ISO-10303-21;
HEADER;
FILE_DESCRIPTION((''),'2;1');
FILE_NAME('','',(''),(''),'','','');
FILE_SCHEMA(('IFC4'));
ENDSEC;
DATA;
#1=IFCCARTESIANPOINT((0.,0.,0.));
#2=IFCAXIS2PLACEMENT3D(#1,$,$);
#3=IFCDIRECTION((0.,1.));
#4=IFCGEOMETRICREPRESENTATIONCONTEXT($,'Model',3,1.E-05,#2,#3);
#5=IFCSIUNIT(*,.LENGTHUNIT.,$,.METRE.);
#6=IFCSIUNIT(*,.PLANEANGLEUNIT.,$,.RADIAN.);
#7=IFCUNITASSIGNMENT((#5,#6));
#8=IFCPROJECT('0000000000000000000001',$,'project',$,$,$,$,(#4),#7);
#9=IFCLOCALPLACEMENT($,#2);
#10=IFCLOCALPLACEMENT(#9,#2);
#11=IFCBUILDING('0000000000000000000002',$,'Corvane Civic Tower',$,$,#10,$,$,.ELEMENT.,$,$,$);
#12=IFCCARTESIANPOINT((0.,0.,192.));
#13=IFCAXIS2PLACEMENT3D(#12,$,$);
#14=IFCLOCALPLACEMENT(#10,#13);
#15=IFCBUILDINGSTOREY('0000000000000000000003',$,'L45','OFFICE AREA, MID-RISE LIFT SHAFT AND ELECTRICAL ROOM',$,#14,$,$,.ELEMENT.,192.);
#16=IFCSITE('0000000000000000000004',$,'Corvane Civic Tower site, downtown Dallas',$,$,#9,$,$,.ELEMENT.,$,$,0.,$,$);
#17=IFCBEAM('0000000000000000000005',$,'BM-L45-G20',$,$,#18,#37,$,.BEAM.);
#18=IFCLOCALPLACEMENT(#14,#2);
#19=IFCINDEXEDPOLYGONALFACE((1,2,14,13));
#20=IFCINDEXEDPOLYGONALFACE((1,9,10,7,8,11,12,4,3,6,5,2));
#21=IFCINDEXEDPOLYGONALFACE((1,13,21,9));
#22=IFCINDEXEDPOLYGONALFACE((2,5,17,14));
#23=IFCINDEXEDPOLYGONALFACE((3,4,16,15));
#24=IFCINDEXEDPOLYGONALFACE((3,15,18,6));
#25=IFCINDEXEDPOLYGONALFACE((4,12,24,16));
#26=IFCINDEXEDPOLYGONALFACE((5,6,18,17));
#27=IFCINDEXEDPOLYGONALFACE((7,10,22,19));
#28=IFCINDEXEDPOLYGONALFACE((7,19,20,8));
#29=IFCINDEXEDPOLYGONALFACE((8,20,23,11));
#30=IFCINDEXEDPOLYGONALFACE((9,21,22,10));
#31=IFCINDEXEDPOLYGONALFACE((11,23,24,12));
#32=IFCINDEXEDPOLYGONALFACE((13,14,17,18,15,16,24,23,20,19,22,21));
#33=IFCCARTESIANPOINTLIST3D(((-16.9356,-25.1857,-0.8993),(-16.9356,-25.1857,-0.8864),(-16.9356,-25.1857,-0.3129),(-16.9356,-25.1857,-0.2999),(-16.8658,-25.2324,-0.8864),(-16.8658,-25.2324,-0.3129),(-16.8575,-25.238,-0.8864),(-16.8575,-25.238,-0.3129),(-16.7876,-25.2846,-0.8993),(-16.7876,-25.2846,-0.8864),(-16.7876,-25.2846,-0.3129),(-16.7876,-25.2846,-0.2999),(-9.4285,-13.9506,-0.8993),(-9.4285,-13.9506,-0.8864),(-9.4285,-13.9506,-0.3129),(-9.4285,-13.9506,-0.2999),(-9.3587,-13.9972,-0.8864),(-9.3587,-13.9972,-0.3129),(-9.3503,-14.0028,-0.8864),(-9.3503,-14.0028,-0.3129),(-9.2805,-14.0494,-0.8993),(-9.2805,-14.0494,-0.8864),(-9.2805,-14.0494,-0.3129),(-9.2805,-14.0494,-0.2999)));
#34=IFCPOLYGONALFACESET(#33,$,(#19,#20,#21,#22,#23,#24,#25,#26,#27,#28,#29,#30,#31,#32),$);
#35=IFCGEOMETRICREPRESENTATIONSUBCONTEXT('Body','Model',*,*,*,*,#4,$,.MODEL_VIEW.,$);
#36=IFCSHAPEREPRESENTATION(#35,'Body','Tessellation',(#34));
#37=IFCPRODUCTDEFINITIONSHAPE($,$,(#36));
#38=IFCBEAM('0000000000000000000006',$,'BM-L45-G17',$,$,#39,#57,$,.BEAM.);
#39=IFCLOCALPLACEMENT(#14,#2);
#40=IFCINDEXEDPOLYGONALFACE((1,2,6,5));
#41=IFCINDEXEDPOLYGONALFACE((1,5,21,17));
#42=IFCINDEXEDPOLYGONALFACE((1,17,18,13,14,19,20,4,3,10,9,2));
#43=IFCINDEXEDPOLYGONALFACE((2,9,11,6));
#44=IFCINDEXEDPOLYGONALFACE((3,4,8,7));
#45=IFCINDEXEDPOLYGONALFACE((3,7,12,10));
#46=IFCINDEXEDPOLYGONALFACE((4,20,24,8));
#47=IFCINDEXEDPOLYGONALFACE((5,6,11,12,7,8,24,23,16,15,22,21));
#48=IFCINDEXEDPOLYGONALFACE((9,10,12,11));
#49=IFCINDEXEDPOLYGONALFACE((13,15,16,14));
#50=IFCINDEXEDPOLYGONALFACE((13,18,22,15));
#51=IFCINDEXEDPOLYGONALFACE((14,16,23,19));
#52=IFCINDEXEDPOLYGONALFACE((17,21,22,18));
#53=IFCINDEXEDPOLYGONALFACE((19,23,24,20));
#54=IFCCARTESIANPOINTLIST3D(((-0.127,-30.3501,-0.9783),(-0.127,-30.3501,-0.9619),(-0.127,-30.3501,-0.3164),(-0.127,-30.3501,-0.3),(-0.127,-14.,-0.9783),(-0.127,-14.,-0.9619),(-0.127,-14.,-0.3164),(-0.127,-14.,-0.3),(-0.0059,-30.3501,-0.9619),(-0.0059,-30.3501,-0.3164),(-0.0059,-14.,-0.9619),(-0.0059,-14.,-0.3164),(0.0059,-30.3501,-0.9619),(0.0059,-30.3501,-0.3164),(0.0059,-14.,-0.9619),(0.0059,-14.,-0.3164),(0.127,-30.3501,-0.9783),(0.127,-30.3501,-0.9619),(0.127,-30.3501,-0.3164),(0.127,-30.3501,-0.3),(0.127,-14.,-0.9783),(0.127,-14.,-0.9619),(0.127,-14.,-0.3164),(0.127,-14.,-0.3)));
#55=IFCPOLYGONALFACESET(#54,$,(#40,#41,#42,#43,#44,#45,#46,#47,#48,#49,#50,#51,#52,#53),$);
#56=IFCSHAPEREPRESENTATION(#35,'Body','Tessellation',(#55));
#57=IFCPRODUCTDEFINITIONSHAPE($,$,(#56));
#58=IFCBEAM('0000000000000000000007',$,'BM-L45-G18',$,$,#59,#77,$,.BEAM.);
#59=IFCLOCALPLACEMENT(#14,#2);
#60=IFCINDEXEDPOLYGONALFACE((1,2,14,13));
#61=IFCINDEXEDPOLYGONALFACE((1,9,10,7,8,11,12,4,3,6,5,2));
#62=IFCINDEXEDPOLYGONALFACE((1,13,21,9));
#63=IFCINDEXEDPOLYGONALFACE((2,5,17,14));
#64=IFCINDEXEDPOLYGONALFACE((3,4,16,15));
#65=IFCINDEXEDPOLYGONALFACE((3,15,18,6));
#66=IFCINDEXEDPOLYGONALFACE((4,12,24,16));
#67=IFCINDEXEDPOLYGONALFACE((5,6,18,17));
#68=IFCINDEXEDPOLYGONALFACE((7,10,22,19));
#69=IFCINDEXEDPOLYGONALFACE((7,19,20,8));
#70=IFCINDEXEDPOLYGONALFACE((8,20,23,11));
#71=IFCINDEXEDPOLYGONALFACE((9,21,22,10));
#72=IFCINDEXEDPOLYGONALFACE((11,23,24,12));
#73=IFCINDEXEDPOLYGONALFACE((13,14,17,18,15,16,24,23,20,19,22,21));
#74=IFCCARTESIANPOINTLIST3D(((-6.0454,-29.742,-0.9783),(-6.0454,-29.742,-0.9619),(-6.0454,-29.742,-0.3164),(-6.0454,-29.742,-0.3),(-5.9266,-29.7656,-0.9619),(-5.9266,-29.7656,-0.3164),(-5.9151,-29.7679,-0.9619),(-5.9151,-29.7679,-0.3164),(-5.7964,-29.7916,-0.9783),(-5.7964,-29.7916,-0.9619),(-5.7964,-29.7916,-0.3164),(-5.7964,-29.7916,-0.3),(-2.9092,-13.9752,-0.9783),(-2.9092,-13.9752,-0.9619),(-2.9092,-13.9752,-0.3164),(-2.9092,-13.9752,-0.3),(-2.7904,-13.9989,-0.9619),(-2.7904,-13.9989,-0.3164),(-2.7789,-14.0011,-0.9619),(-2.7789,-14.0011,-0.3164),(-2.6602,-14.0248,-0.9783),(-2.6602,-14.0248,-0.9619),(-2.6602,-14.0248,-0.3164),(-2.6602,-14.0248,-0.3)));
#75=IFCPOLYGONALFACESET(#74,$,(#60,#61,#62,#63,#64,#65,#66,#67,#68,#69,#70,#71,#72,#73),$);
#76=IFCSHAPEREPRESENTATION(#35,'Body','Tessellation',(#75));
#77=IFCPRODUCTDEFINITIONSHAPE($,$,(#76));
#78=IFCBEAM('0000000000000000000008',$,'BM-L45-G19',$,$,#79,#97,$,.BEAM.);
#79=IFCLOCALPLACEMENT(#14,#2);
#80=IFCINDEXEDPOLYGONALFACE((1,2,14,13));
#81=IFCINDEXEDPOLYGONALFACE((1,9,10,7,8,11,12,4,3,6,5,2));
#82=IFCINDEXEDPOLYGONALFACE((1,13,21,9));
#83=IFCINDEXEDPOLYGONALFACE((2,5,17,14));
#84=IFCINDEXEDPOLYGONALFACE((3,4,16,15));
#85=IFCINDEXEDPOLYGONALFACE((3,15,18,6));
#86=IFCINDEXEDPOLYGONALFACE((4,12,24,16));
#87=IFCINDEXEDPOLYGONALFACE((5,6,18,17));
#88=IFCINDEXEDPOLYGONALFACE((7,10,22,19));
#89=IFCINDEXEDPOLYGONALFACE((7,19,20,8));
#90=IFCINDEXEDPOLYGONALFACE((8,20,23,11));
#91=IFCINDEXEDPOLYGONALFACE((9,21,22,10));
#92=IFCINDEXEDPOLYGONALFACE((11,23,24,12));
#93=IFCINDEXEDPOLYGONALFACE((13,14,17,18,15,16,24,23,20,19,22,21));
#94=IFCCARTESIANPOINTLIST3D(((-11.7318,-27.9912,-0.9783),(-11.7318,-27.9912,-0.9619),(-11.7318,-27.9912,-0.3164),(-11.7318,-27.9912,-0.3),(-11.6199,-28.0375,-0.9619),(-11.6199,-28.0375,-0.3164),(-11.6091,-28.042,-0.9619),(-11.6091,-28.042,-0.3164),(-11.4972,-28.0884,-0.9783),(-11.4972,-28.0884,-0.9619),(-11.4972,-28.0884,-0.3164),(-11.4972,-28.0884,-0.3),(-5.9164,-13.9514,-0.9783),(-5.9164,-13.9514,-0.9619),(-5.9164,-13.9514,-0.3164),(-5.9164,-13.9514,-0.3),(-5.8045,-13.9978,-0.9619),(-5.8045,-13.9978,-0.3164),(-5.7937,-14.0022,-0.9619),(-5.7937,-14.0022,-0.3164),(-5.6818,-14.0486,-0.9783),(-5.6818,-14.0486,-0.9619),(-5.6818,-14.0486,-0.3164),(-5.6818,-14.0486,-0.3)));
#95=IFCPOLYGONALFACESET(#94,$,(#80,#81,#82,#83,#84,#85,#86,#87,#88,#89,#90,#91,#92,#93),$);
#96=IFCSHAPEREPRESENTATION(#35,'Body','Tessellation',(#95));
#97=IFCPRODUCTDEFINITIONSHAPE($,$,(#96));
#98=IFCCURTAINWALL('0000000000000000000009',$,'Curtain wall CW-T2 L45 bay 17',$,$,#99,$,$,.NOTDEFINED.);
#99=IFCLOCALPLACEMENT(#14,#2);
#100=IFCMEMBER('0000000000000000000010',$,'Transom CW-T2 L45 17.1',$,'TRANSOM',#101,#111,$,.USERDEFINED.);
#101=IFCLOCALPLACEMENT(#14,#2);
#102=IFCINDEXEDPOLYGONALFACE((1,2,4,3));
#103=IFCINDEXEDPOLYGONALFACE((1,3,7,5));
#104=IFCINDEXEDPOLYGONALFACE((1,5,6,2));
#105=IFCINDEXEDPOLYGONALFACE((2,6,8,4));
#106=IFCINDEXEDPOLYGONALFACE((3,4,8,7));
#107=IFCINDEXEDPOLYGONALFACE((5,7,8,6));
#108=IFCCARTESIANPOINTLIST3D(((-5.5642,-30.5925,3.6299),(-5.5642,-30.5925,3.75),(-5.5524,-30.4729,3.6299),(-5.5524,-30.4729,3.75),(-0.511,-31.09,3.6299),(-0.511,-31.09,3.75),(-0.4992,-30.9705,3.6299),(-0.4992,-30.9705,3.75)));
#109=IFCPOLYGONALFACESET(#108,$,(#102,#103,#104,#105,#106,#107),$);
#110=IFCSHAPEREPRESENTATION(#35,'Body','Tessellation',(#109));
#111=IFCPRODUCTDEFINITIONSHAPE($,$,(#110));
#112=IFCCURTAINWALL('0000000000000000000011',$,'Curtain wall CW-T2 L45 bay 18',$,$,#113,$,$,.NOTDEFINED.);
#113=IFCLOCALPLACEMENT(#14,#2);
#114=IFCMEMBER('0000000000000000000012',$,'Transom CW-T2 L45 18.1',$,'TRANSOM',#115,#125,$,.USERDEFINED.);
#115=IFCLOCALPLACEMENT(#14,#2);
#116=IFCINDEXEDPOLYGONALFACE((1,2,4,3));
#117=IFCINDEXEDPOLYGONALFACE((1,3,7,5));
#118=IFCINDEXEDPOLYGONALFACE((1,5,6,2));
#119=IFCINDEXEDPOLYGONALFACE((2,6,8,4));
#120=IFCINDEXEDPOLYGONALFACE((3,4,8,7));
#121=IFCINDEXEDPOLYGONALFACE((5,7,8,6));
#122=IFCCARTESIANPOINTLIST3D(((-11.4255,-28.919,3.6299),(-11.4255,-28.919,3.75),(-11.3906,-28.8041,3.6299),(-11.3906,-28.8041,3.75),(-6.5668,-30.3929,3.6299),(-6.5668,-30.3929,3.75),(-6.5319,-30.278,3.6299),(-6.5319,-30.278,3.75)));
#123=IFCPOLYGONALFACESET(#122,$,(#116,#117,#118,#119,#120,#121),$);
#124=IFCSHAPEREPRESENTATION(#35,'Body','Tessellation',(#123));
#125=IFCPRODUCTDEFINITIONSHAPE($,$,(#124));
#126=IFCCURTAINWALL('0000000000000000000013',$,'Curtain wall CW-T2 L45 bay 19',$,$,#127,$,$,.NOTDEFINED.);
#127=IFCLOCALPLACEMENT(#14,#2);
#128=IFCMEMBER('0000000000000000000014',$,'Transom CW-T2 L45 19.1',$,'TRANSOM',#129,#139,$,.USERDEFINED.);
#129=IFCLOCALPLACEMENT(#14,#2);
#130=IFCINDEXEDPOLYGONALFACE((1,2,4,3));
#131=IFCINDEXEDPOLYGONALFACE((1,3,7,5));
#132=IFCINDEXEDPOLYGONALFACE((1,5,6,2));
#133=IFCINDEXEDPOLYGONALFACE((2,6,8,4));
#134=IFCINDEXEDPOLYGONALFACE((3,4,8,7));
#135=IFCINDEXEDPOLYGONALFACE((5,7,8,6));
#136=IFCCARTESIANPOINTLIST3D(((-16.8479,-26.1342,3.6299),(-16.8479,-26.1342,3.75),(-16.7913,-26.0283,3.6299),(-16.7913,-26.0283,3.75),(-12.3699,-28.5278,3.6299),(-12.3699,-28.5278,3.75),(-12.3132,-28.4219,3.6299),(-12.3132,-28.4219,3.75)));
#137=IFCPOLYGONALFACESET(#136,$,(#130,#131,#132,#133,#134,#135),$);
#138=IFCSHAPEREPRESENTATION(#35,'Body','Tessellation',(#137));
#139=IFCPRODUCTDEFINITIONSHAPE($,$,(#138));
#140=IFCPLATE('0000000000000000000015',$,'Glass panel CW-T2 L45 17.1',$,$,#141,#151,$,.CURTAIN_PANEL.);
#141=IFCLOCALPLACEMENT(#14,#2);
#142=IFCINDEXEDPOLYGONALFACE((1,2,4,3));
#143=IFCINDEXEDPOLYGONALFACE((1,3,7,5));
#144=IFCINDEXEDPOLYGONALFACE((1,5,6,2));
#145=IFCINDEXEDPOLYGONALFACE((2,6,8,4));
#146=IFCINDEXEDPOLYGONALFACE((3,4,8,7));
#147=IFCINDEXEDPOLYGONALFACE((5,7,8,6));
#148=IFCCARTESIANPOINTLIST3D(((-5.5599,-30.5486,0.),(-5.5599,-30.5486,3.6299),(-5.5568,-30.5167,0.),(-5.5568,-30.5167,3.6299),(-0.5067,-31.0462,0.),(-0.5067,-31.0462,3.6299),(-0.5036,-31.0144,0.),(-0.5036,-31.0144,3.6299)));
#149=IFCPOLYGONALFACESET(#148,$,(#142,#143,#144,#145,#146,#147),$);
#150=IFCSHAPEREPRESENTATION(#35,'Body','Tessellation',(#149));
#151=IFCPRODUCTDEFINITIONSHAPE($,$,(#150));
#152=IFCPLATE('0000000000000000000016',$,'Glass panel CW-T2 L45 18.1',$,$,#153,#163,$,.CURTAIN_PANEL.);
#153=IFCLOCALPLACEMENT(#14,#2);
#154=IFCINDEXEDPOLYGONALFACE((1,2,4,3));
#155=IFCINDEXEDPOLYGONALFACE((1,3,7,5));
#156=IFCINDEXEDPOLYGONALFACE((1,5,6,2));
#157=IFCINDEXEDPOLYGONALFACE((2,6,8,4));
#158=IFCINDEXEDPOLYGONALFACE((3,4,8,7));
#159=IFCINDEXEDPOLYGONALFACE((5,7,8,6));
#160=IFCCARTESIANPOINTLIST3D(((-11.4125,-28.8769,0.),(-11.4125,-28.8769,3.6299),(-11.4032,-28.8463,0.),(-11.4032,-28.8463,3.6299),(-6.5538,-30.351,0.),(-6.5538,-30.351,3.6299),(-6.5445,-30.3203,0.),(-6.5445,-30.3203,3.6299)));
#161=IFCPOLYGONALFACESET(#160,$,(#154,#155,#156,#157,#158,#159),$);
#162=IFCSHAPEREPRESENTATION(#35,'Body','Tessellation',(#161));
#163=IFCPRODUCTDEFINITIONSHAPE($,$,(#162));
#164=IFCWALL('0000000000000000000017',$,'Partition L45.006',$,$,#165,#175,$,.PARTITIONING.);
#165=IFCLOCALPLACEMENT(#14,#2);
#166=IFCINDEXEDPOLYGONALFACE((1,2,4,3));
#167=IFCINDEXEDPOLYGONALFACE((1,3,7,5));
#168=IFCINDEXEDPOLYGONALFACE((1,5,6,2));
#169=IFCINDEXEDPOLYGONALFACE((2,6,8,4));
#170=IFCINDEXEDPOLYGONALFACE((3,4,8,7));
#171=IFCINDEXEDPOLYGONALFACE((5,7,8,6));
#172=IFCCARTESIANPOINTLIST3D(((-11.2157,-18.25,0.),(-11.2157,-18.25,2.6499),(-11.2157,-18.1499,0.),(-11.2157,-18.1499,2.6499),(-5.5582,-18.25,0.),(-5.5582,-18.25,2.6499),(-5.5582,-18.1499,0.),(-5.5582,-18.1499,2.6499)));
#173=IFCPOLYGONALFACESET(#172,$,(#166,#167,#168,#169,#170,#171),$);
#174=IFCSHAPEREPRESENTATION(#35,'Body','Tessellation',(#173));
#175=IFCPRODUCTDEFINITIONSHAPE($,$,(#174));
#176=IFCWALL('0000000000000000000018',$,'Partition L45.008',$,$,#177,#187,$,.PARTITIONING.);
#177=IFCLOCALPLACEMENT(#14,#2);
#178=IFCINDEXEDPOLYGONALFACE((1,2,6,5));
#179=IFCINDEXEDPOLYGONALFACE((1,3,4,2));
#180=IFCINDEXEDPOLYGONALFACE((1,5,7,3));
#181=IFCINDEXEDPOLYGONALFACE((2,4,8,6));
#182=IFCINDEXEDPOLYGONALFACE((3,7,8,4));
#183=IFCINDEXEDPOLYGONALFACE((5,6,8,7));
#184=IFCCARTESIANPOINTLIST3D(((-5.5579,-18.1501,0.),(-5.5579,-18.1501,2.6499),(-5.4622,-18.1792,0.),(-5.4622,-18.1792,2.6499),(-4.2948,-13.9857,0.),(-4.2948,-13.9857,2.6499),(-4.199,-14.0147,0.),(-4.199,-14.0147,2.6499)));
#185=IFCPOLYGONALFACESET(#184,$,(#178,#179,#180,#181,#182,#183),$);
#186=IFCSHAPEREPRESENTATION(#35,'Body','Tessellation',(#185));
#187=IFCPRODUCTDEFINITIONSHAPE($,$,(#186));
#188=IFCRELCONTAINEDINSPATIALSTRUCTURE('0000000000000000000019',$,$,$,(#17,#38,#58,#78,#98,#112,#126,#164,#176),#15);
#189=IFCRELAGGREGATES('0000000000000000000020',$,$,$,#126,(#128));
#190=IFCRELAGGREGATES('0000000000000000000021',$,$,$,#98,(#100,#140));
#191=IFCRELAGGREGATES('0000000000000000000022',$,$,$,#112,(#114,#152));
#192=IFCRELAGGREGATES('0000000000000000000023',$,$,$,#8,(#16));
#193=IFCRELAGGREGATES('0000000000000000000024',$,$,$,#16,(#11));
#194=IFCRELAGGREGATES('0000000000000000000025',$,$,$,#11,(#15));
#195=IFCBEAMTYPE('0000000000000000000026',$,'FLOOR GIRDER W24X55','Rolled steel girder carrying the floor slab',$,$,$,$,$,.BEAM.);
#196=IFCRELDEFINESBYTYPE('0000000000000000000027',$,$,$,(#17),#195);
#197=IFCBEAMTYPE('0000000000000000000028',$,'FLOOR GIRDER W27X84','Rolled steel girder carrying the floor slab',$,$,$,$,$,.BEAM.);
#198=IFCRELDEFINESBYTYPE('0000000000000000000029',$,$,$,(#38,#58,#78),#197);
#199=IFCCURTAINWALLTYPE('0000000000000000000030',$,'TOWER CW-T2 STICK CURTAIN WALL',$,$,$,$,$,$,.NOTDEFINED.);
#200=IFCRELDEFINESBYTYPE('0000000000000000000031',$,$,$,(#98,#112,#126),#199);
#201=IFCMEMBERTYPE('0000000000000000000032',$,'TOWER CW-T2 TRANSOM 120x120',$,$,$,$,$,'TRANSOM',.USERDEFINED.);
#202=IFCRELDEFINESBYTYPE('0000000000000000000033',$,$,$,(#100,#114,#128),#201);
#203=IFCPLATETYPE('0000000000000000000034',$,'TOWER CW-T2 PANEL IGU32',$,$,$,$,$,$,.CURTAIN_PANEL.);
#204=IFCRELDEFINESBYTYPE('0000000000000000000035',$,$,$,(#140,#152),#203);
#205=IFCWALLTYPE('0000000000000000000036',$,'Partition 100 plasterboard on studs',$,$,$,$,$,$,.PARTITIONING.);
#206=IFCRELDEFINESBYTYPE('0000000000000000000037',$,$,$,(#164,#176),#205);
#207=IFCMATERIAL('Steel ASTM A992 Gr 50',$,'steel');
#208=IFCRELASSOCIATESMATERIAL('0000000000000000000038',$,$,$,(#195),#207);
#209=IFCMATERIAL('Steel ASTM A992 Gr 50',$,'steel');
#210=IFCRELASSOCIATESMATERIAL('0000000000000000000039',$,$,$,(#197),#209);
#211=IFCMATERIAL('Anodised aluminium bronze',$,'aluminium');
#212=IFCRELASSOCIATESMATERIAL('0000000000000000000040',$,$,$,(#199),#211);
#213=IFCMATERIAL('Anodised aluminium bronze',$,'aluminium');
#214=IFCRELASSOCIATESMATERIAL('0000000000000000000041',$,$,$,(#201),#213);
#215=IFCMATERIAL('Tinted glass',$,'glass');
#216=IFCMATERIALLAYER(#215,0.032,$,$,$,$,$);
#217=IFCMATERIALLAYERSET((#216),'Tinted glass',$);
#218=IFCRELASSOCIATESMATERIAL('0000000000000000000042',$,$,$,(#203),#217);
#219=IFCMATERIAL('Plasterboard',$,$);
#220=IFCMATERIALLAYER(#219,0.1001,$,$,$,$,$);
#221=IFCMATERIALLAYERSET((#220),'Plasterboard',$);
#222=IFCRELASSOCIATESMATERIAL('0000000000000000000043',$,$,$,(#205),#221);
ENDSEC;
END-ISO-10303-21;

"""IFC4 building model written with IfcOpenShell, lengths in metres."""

from ifc_helpers import new_model, si_unit, direction, frame, frame_2d, origin, origin_2d, place, context, subcontext, project, spatial, rectangle, i_section, extrude, material, layer, layer_set, material_profile, profile_set, type_object, element, aggregate, save


model = new_model("IFC4")

# Units and contexts
model_context = context("Model", 3, precision=1e-05, world=origin(), true_north=direction((0.0, 1.0)))
body_context = subcontext(model_context, "Body", "Model", "MODEL_VIEW")
ifc_project = project(units=[si_unit("LENGTHUNIT", "METRE"), si_unit("PLANEANGLEUNIT", "RADIAN")], contexts=[model_context])

# Site, building, storey
site_placement = place(None, origin())
site = spatial("IfcSite", under=ifc_project, at=site_placement, Name="Corvane Civic Tower site, downtown Dallas", CompositionType="ELEMENT", RefElevation=0.0)
building_placement = place(site_placement, origin())
building = spatial("IfcBuilding", under=site, at=building_placement, Name="Corvane Civic Tower", CompositionType="ELEMENT")
storey_placement = place(building_placement, frame((0.0, 0.0, 192.0)))
storey = spatial("IfcBuildingStorey", under=building, at=storey_placement, Name="L45", Description="OFFICE AREA, MID-RISE LIFT SHAFT AND ELECTRICAL ROOM", CompositionType="ELEMENT", Elevation=192.0)

# Beams
ifc_material_1 = material(Name="Steel ASTM A992 Gr 50", Category="steel")
ifc_material_profile_1 = material_profile(ifc_material_1, i_section(OverallWidth=0.178, OverallDepth=0.5994, WebThickness=0.01, FlangeThickness=0.0129, at=origin_2d()), Name="W24X55")
ifc_profile_set_1 = profile_set([ifc_material_profile_1], Name="Steel ASTM A992 Gr 50")
beam_type_1 = type_object("IfcBeamType", Name="FLOOR GIRDER W24X55", Description="Rolled steel girder carrying the floor slab", PredefinedType="BEAM", material=ifc_profile_set_1)
beam_1_placement = place(storey_placement, frame((-9.3545, -14.0, -0.5996), z_axis=(-0.555571, -0.831469, 0.0), x_axis=(0.831469, -0.555571, 0.0)))
element("IfcBeam", 1, at=beam_1_placement, inside=storey, type_object=beam_type_1, Name="BM-L45-G20", PredefinedType="BEAM", context=body_context, shape_type="SweptSolid", body=[
    extrude(i_section(OverallWidth=0.178, OverallDepth=0.5994, WebThickness=0.01, FlangeThickness=0.0129, at=origin_2d()), origin(), (0.0, 0.0, 1.0), 13.5125),
])
ifc_material_2 = material(Name="Steel ASTM A992 Gr 50", Category="steel")
ifc_material_profile_2 = material_profile(ifc_material_2, i_section(OverallWidth=0.2539, OverallDepth=0.6782, WebThickness=0.0117, FlangeThickness=0.0164, at=origin_2d()), Name="W27X84")
ifc_profile_set_2 = profile_set([ifc_material_profile_2], Name="Steel ASTM A992 Gr 50")
beam_type_2 = type_object("IfcBeamType", Name="FLOOR GIRDER W27X84", Description="Rolled steel girder carrying the floor slab", PredefinedType="BEAM", material=ifc_profile_set_2)
beam_2_placement = place(storey_placement, frame((0.0, -14.0, -0.6392), z_axis=(0.0, -1.0, 0.0), x_axis=(1.0, 0.0, 0.0)))
element("IfcBeam", 2, at=beam_2_placement, inside=storey, type_object=beam_type_2, Name="BM-L45-G17", PredefinedType="BEAM", context=body_context, shape_type="SweptSolid", body=[
    extrude(i_section(OverallWidth=0.2539, OverallDepth=0.6782, WebThickness=0.0117, FlangeThickness=0.0164, at=origin_2d()), origin(), (0.0, 0.0, 1.0), 16.3501),
])
beam_3_placement = place(storey_placement, frame((-2.7847, -14.0, -0.6392), z_axis=(-0.195091, -0.980785, 0.0), x_axis=(0.980785, -0.195091, 0.0)))
element("IfcBeam", 3, at=beam_3_placement, inside=storey, type_object=beam_type_2, Name="BM-L45-G18", PredefinedType="BEAM", context=body_context, shape_type="SweptSolid", body=[
    extrude(i_section(OverallWidth=0.2539, OverallDepth=0.6782, WebThickness=0.0117, FlangeThickness=0.0164, at=origin_2d()), origin(), (0.0, 0.0, 1.0), 16.0757),
])
beam_4_placement = place(storey_placement, frame((-5.7991, -14.0, -0.6392), z_axis=(-0.382681, -0.923881, 0.0), x_axis=(0.923881, -0.382681, 0.0)))
element("IfcBeam", 4, at=beam_4_placement, inside=storey, type_object=beam_type_2, Name="BM-L45-G19", PredefinedType="BEAM", context=body_context, shape_type="SweptSolid", body=[
    extrude(i_section(OverallWidth=0.2539, OverallDepth=0.6782, WebThickness=0.0117, FlangeThickness=0.0164, at=origin_2d()), origin(), (0.0, 0.0, 1.0), 15.1965),
])

# Curtain walls, members
ifc_material_3 = material(Name="Anodised aluminium bronze", Category="aluminium")
curtain_wall_type = type_object("IfcCurtainWallType", Name="TOWER CW-T2 STICK CURTAIN WALL", PredefinedType="NOTDEFINED", material=ifc_material_3)
curtain_wall_1_placement = place(storey_placement, origin())
curtain_wall_1 = element("IfcCurtainWall", 5, at=curtain_wall_1_placement, inside=storey, type_object=curtain_wall_type, Name="Curtain wall CW-T2 L45 bay 17", PredefinedType="NOTDEFINED")
ifc_material_4 = material(Name="Anodised aluminium bronze", Category="aluminium")
ifc_material_profile_3 = material_profile(ifc_material_4, rectangle(XDim=0.1201, YDim=0.1201, at=origin_2d()), Name="TOWER CW-T2 TRANSOM 120x120")
ifc_profile_set_3 = profile_set([ifc_material_profile_3], Name="Anodised aluminium bronze")
member_type = type_object("IfcMemberType", Name="TOWER CW-T2 TRANSOM 120x120", ElementType="TRANSOM", PredefinedType="USERDEFINED", material=ifc_profile_set_3)
member_1_placement = place(storey_placement, frame((-0.5051, -31.0303, 3.6899), z_axis=(-0.995187, 0.09799, 0.0), x_axis=(-0.09799, -0.995187, 0.0)))
member_1 = element("IfcMember", 6, at=member_1_placement, type_object=member_type, Name="Transom CW-T2 L45 17.1", ObjectType="TRANSOM", PredefinedType="USERDEFINED", context=body_context, shape_type="SweptSolid", body=[
    extrude(rectangle(XDim=0.1201, YDim=0.1201, at=origin_2d()), origin(), (0.0, 0.0, 1.0), 5.0776),
])
curtain_wall_2_placement = place(storey_placement, origin())
curtain_wall_2 = element("IfcCurtainWall", 7, at=curtain_wall_2_placement, inside=storey, type_object=curtain_wall_type, Name="Curtain wall CW-T2 L45 bay 18", PredefinedType="NOTDEFINED")
member_2_placement = place(storey_placement, frame((-6.5493, -30.3354, 3.6899), z_axis=(-0.956939, 0.290289, 0.0), x_axis=(-0.290289, -0.956939, 0.0)))
member_2 = element("IfcMember", 8, at=member_2_placement, type_object=member_type, Name="Transom CW-T2 L45 18.1", ObjectType="TRANSOM", PredefinedType="USERDEFINED", context=body_context, shape_type="SweptSolid", body=[
    extrude(rectangle(XDim=0.1201, YDim=0.1201, at=origin_2d()), origin(), (0.0, 0.0, 1.0), 5.0774),
])
curtain_wall_3_placement = place(storey_placement, origin())
curtain_wall_3 = element("IfcCurtainWall", 9, at=curtain_wall_3_placement, inside=storey, type_object=curtain_wall_type, Name="Curtain wall CW-T2 L45 bay 19", PredefinedType="NOTDEFINED")
member_3_placement = place(storey_placement, frame((-12.3416, -28.4749, 3.6899), z_axis=(-0.881921, 0.471397, 0.0), x_axis=(-0.471397, -0.881921, 0.0)))
member_3 = element("IfcMember", 10, at=member_3_placement, type_object=member_type, Name="Transom CW-T2 L45 19.1", ObjectType="TRANSOM", PredefinedType="USERDEFINED", context=body_context, shape_type="SweptSolid", body=[
    extrude(rectangle(XDim=0.1201, YDim=0.1201, at=origin_2d()), origin(), (0.0, 0.0, 1.0), 5.0776),
])
aggregate(curtain_wall_3, [member_3])

# Plates
ifc_material_5 = material(Name="Tinted glass", Category="glass")
ifc_layer_1 = layer(ifc_material_5, 0.032)
ifc_layer_set_1 = layer_set([ifc_layer_1], Name="Tinted glass")
plate_type = type_object("IfcPlateType", Name="TOWER CW-T2 PANEL IGU32", PredefinedType="CURTAIN_PANEL", material=ifc_layer_set_1)
plate_1_placement = place(storey_placement, frame((-3.0317, -30.7815, 0.0), z_axis=(0.0, 0.0, 1.0), x_axis=(-0.995185, 0.098012, 0.0)))
plate_1 = element("IfcPlate", 11, at=plate_1_placement, type_object=plate_type, Name="Glass panel CW-T2 L45 17.1", PredefinedType="CURTAIN_PANEL", context=body_context, shape_type="SweptSolid", body=[
    extrude(rectangle(XDim=5.0776, YDim=0.032, at=origin_2d()), origin(), (0.0, 0.0, 1.0), 3.6299),
])
aggregate(curtain_wall_1, [member_1, plate_1])
plate_2_placement = place(storey_placement, frame((-8.9785, -29.5986, 0.0), z_axis=(0.0, 0.0, 1.0), x_axis=(-0.956932, 0.290313, 0.0)))
plate_2 = element("IfcPlate", 12, at=plate_2_placement, type_object=plate_type, Name="Glass panel CW-T2 L45 18.1", PredefinedType="CURTAIN_PANEL", context=body_context, shape_type="SweptSolid", body=[
    extrude(rectangle(XDim=5.0774, YDim=0.032, at=origin_2d()), origin(), (0.0, 0.0, 1.0), 3.6299),
])
aggregate(curtain_wall_2, [member_2, plate_2])

# Walls
ifc_material_6 = material(Name="Plasterboard")
ifc_layer_2 = layer(ifc_material_6, 0.1001)
ifc_layer_set_2 = layer_set([ifc_layer_2], Name="Plasterboard")
wall_type = type_object("IfcWallType", Name="Partition 100 plasterboard on studs", PredefinedType="PARTITIONING", material=ifc_layer_set_2)
wall_1_placement = place(storey_placement, frame((-11.2156, -18.2, 0.0), z_axis=(0.0, 0.0, 1.0), x_axis=(1.0, 0.0, 0.0)))
element("IfcWall", 13, at=wall_1_placement, inside=storey, type_object=wall_type, Name="Partition L45.006", PredefinedType="PARTITIONING", context=body_context, shape_type="SweptSolid", body=[
    extrude(rectangle(XDim=5.6575, YDim=0.1001, at=frame_2d((2.8286, 0.0))), origin(), (0.0, 0.0, 1.0), 2.6499),
])
wall_2_placement = place(storey_placement, frame((-5.51, -18.1646, 0.0), z_axis=(0.0, 0.0, 1.0), x_axis=(0.29026, 0.956948, 0.0)))
element("IfcWall", 14, at=wall_2_placement, inside=storey, type_object=wall_type, Name="Partition L45.008", PredefinedType="PARTITIONING", context=body_context, shape_type="SweptSolid", body=[
    extrude(rectangle(XDim=4.3518, YDim=0.1001, at=frame_2d((2.1758, 0.0))), origin(), (0.0, 0.0, 1.0), 2.6499),
])

save(model, "model.ifc")
